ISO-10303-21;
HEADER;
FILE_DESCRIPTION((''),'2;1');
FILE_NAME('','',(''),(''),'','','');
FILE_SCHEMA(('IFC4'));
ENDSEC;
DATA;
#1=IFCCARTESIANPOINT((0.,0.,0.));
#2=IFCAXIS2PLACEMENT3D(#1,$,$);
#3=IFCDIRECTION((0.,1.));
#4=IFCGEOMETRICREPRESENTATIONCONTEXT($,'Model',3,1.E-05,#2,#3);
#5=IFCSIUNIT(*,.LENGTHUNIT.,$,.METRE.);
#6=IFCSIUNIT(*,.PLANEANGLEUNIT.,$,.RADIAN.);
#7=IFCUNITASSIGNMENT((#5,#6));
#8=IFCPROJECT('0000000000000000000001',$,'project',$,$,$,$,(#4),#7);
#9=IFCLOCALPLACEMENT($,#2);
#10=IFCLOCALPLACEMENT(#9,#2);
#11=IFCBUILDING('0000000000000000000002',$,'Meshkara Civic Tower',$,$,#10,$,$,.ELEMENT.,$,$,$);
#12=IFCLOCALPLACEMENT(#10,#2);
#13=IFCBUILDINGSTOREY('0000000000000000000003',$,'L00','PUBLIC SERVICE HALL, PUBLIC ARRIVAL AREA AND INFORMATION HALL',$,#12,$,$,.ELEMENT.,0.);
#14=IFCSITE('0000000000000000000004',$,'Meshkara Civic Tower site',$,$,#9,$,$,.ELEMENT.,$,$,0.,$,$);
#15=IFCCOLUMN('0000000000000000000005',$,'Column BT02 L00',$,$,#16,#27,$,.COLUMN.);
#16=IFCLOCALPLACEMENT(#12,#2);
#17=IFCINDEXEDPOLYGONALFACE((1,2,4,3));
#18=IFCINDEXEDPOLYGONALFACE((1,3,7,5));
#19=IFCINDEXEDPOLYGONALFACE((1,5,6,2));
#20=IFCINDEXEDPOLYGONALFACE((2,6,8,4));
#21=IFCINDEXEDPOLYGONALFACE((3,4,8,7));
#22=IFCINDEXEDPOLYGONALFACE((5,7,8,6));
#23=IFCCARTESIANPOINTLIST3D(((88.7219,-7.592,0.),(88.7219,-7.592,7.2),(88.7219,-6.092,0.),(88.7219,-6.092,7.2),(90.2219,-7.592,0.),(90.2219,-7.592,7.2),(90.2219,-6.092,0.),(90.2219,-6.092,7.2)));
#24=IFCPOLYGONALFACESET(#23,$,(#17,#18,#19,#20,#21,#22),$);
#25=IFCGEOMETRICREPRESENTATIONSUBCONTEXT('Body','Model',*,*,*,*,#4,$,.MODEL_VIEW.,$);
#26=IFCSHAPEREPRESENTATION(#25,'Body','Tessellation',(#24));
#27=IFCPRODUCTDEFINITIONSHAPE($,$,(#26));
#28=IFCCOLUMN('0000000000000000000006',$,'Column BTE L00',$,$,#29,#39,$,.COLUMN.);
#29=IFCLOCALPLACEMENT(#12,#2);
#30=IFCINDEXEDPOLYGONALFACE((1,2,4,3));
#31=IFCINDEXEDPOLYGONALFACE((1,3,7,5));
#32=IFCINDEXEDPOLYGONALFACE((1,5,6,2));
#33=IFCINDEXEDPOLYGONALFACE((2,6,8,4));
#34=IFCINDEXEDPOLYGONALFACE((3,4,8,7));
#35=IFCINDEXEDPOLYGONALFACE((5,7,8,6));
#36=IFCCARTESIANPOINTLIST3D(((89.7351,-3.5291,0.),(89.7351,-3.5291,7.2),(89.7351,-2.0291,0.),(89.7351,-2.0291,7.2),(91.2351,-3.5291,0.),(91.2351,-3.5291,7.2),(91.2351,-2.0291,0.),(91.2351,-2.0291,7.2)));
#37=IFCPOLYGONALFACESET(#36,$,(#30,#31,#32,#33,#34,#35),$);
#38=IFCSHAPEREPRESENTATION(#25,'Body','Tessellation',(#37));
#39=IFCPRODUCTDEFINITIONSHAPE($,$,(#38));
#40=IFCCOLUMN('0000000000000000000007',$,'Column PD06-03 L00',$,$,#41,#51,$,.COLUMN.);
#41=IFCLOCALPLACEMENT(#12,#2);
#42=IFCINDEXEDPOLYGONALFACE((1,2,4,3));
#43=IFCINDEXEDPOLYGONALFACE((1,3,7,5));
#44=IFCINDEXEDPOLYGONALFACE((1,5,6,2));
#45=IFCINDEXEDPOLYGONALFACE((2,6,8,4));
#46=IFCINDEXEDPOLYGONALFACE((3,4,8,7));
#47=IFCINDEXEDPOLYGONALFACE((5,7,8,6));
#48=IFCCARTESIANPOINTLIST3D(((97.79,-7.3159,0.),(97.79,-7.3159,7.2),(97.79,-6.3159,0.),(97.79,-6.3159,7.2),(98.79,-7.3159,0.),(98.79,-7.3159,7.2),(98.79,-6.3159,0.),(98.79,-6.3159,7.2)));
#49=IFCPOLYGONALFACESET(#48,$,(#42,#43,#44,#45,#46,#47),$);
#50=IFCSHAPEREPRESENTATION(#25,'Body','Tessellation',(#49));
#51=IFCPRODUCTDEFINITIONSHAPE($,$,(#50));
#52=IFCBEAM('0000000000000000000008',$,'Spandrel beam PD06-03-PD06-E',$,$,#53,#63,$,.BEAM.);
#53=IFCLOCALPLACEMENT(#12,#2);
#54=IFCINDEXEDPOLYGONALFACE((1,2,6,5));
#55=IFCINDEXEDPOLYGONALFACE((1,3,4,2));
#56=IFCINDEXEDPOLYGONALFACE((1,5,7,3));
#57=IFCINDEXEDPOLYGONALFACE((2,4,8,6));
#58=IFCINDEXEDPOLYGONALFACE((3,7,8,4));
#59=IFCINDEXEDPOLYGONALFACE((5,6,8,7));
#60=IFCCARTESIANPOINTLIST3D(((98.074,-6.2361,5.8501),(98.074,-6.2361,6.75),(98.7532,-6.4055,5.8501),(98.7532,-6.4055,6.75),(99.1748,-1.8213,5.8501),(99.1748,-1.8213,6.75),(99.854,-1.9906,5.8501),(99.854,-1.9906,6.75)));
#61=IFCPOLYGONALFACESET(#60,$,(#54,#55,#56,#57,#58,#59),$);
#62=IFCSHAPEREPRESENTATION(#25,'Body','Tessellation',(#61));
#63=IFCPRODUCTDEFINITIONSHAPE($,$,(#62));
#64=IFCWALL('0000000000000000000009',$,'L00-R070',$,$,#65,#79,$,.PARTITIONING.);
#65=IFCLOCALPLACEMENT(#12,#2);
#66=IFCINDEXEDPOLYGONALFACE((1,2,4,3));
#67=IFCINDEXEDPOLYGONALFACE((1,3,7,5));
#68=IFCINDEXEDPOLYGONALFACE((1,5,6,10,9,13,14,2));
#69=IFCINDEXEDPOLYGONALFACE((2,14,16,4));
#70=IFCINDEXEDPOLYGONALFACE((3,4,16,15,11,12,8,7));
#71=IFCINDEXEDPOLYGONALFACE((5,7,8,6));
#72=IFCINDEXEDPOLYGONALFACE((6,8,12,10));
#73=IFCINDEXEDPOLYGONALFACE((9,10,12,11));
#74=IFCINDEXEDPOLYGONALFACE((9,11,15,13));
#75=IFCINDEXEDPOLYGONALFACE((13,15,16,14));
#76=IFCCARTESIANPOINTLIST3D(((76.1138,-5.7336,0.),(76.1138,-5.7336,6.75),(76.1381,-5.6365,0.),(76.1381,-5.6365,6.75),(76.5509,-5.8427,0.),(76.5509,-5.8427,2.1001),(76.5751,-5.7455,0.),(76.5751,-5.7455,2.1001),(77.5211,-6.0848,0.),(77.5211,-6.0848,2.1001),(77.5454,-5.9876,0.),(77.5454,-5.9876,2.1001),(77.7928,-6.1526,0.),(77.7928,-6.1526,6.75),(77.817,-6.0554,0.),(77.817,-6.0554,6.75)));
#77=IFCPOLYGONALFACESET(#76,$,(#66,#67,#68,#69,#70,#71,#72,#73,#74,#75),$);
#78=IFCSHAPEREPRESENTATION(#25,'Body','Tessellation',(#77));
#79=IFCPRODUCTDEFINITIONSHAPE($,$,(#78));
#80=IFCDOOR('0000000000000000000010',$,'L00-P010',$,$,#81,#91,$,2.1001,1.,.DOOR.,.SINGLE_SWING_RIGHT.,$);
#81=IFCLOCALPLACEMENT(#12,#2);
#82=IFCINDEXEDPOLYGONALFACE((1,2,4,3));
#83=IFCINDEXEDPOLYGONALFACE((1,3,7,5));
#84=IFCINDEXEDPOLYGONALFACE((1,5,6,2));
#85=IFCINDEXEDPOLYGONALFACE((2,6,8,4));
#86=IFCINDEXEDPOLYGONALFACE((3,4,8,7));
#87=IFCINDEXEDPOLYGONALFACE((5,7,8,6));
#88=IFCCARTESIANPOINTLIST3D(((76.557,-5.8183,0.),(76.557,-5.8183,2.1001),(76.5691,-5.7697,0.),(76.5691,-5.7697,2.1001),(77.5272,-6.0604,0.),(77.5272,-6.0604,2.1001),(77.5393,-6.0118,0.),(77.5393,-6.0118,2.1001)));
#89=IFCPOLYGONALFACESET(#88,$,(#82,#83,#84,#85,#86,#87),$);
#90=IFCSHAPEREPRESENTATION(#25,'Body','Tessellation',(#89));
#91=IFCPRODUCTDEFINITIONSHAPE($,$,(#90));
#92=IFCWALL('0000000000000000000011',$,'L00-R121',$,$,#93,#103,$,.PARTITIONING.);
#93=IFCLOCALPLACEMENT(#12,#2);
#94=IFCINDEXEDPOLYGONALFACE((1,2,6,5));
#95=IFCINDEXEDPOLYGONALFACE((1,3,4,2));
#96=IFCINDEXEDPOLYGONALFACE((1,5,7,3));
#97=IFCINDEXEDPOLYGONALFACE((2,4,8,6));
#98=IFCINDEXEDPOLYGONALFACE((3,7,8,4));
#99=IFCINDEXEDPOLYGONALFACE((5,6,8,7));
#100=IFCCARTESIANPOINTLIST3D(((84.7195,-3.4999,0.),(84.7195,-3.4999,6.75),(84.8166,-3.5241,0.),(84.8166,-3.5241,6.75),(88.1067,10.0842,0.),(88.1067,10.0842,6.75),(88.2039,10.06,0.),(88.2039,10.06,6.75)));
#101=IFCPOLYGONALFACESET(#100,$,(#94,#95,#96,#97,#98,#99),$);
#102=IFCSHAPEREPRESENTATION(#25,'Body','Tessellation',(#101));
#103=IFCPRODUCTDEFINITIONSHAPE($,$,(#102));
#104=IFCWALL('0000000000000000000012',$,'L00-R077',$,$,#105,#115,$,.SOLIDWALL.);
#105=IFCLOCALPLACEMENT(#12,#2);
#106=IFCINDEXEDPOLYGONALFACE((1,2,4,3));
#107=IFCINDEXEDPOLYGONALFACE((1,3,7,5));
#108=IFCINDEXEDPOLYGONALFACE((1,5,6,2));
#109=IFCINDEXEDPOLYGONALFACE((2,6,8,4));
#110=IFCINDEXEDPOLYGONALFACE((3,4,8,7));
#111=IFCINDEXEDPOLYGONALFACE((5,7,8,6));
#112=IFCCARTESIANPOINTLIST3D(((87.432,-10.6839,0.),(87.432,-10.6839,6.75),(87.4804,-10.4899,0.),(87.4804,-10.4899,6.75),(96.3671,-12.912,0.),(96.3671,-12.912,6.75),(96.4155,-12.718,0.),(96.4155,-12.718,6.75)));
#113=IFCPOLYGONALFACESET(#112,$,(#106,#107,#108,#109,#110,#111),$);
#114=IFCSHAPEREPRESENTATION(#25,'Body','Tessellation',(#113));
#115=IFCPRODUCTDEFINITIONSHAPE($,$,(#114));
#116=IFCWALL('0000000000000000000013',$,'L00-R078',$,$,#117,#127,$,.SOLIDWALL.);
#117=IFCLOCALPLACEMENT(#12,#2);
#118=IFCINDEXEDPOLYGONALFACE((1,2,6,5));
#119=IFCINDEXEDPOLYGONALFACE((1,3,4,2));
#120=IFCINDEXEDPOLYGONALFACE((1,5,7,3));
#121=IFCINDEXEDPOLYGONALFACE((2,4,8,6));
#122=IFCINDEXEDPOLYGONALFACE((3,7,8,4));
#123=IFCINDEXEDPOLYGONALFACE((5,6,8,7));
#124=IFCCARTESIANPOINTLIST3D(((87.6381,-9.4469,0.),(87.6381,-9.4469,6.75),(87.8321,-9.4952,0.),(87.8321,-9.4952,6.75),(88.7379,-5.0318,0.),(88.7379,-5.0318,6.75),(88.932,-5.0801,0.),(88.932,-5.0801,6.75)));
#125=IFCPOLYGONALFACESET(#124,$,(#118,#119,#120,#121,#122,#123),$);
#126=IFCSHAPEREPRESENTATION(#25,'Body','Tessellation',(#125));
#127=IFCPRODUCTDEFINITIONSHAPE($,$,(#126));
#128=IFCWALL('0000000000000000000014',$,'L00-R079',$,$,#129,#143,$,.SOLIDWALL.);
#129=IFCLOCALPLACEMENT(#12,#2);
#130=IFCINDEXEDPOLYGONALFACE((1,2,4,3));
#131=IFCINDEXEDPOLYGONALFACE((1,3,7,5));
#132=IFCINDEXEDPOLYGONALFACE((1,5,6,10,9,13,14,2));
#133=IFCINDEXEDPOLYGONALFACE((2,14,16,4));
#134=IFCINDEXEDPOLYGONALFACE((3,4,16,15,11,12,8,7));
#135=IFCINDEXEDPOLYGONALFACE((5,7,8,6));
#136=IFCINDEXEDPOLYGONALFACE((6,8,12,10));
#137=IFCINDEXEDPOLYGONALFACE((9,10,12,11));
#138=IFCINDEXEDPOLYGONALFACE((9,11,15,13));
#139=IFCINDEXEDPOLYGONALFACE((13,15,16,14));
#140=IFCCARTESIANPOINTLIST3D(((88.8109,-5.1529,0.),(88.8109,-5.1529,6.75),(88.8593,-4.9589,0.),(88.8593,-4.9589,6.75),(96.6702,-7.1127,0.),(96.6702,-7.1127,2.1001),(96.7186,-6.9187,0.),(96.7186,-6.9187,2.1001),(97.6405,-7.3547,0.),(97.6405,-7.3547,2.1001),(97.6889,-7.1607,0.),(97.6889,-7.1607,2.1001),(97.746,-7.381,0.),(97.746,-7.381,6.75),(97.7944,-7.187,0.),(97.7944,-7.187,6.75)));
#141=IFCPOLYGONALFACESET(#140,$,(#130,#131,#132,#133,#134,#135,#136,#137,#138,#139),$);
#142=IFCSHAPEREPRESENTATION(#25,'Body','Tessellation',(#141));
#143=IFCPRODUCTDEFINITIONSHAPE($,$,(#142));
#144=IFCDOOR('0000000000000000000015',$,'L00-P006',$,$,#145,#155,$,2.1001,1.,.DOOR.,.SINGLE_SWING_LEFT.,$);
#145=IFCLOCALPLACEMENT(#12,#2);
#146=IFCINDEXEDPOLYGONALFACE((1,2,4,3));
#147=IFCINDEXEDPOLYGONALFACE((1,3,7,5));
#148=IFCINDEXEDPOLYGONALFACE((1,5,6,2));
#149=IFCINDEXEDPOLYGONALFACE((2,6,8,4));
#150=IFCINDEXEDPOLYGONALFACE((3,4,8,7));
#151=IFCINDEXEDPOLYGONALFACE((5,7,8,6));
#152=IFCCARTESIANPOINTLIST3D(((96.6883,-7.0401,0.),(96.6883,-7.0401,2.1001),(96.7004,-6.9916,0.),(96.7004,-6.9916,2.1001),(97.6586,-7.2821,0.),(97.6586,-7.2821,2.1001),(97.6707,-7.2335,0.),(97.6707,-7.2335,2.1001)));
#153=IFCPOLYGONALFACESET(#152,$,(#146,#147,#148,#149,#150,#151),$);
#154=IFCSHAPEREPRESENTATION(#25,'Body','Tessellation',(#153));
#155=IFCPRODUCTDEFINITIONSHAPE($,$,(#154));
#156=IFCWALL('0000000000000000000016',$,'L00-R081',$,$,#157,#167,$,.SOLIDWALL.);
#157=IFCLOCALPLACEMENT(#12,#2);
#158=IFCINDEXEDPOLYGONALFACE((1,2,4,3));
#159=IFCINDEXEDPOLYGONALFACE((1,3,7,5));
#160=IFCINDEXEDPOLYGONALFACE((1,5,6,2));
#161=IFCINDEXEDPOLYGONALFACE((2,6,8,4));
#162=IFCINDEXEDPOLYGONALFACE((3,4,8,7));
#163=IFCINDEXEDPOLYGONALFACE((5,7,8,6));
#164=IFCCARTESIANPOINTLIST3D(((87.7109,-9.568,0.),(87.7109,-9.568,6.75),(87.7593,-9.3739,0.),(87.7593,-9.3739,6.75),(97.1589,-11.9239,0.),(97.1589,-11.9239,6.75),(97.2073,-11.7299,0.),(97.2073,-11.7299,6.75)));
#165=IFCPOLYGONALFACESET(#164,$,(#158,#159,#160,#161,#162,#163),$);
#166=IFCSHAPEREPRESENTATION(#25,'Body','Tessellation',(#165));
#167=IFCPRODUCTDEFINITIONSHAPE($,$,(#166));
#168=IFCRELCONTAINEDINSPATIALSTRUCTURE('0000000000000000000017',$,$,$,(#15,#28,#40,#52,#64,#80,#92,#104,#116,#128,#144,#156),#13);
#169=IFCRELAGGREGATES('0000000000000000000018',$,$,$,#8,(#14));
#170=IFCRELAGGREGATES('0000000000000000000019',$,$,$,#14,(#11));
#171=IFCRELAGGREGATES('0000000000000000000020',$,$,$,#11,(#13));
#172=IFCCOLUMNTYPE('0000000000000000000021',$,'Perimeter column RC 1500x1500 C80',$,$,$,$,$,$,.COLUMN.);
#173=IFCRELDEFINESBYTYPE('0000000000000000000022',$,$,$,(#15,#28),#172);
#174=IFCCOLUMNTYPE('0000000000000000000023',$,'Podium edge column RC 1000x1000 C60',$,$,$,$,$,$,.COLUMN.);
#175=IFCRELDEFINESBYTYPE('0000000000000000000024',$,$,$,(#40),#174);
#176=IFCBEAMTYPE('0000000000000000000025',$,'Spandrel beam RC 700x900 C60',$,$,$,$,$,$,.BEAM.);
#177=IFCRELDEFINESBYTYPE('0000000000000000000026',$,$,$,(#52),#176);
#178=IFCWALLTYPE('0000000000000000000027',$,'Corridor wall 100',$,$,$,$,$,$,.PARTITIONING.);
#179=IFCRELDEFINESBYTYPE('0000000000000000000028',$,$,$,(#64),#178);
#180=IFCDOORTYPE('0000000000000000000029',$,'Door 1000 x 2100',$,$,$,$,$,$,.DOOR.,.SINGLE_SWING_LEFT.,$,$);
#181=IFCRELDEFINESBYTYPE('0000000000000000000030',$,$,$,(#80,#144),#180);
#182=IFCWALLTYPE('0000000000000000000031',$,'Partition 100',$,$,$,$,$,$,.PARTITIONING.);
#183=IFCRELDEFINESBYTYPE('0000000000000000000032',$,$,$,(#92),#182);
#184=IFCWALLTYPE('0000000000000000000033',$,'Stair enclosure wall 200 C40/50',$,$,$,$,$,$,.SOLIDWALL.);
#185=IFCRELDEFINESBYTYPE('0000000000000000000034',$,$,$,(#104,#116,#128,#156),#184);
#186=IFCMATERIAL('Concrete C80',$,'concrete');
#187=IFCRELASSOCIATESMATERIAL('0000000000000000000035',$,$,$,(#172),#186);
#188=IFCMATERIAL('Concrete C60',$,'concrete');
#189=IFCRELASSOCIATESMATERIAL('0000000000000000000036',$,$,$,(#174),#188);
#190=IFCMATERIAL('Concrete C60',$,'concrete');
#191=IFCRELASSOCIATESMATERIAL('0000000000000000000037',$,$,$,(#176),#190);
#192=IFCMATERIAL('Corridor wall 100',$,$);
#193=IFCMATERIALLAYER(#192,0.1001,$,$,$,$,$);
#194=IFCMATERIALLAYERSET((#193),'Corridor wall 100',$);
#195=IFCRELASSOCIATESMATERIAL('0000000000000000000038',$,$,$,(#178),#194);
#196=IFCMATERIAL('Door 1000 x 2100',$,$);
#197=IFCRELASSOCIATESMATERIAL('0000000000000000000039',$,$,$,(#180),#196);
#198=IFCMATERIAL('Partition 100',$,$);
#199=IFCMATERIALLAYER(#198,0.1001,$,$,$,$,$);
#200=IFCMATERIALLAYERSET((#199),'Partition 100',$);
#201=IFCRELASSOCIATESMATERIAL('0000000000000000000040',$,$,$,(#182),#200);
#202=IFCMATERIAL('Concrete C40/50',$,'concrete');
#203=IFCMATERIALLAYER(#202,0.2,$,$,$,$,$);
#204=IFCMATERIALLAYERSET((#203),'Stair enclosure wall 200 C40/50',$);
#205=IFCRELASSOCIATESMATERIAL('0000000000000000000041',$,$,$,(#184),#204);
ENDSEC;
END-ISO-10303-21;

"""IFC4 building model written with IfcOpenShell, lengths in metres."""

from ifc_helpers import new_model, si_unit, direction, frame, frame_2d, origin, origin_2d, place, context, subcontext, project, spatial, rectangle, extrude, material, layer, layer_set, material_profile, profile_set, type_object, element, fill, save


model = new_model("IFC4")

# Units and contexts
model_context = context("Model", 3, precision=1e-05, world=origin(), true_north=direction((0.0, 1.0)))
body_context = subcontext(model_context, "Body", "Model", "MODEL_VIEW")
ifc_project = project(units=[si_unit("LENGTHUNIT", "METRE"), si_unit("PLANEANGLEUNIT", "RADIAN")], contexts=[model_context])

# Site, building, storey
site_placement = place(None, origin())
site = spatial("IfcSite", under=ifc_project, at=site_placement, Name="Meshkara Civic Tower site", CompositionType="ELEMENT", RefElevation=0.0)
building_placement = place(site_placement, origin())
building = spatial("IfcBuilding", under=site, at=building_placement, Name="Meshkara Civic Tower", CompositionType="ELEMENT")
storey_placement = place(building_placement, origin())
storey = spatial("IfcBuildingStorey", under=building, at=storey_placement, Name="L00", Description="PUBLIC SERVICE HALL, PUBLIC ARRIVAL AREA AND INFORMATION HALL", CompositionType="ELEMENT", Elevation=0.0)

# Columns
ifc_material_1 = material(Name="Concrete C80", Category="concrete")
ifc_material_profile_1 = material_profile(ifc_material_1, rectangle(XDim=1.5, YDim=1.5, at=origin_2d()))
ifc_profile_set_1 = profile_set([ifc_material_profile_1], Name="Concrete C80")
column_type_1 = type_object("IfcColumnType", Name="Perimeter column RC 1500x1500 C80", PredefinedType="COLUMN", material=ifc_profile_set_1)
for number, where, z_axis, x_axis, name in (
    (1, (89.4719, -6.842, 0.0), (0.0, 0.0, 1.0), (1.0, 0.0, 0.0), "Column BT02 L00"),
    (2, (90.4851, -2.7791, 0.0), (0.0, 0.0, 1.0), (1.0, 0.0, 0.0), "Column BTE L00"),
):
    element("IfcColumn", number, at=place(storey_placement, frame(where, z_axis=z_axis, x_axis=x_axis)), inside=storey, type_object=column_type_1, Name=name, PredefinedType="COLUMN", context=body_context, shape_type="SweptSolid", body=[
        extrude(rectangle(XDim=1.5, YDim=1.5, at=origin_2d()), origin(), (0.0, 0.0, 1.0), 7.2),
    ])
ifc_material_2 = material(Name="Concrete C60", Category="concrete")
ifc_material_profile_2 = material_profile(ifc_material_2, rectangle(XDim=1.0, YDim=1.0, at=origin_2d()))
ifc_profile_set_2 = profile_set([ifc_material_profile_2], Name="Concrete C60")
column_type_2 = type_object("IfcColumnType", Name="Podium edge column RC 1000x1000 C60", PredefinedType="COLUMN", material=ifc_profile_set_2)
column_placement = place(storey_placement, frame((98.29, -6.8159, 0.0), z_axis=(0.0, 0.0, 1.0), x_axis=(1.0, 0.0, 0.0)))
element("IfcColumn", 3, at=column_placement, inside=storey, type_object=column_type_2, Name="Column PD06-03 L00", PredefinedType="COLUMN", context=body_context, shape_type="SweptSolid", body=[
    extrude(rectangle(XDim=1.0, YDim=1.0, at=origin_2d()), origin(), (0.0, 0.0, 1.0), 7.2),
])

# Beam
ifc_material_3 = material(Name="Concrete C60", Category="concrete")
ifc_material_profile_3 = material_profile(ifc_material_3, rectangle(XDim=0.7, YDim=0.8999, at=origin_2d()))
ifc_profile_set_3 = profile_set([ifc_material_profile_3], Name="Concrete C60")
beam_type = type_object("IfcBeamType", Name="Spandrel beam RC 700x900 C60", PredefinedType="BEAM", material=ifc_profile_set_3)
beam_placement = place(storey_placement, frame((98.4136, -6.3208, 6.3), z_axis=(0.241942, 0.970291, 0.0), x_axis=(-0.970291, 0.241942, 0.0)))
element("IfcBeam", 4, at=beam_placement, inside=storey, type_object=beam_type, Name="Spandrel beam PD06-03-PD06-E", PredefinedType="BEAM", context=body_context, shape_type="SweptSolid", body=[
    extrude(rectangle(XDim=0.7, YDim=0.8999, at=origin_2d()), origin(), (0.0, 0.0, 1.0), 4.55),
])

# Wall, opening, door
ifc_material_4 = material(Name="Corridor wall 100")
ifc_layer_1 = layer(ifc_material_4, 0.1001)
ifc_layer_set_1 = layer_set([ifc_layer_1], Name="Corridor wall 100")
wall_type_1 = type_object("IfcWallType", Name="Corridor wall 100", PredefinedType="PARTITIONING", material=ifc_layer_set_1)
wall_1_placement = place(storey_placement, frame((77.8049, -6.104, 0.0), z_axis=(0.0, 0.0, 1.0), x_axis=(-0.97025, 0.242104, 0.0)))
wall_1 = element("IfcWall", 5, at=wall_1_placement, inside=storey, type_object=wall_type_1, Name="L00-R070", PredefinedType="PARTITIONING", context=body_context, shape_type="SweptSolid", body=[
    extrude(rectangle(XDim=1.7305, YDim=0.1001, at=frame_2d((0.8652, 0.0))), origin(), (0.0, 0.0, 1.0), 6.75),
])
opening_1_placement = place(wall_1_placement, frame((0.28, 0.0, 0.0)))
opening_1 = element("IfcOpeningElement", 6, at=opening_1_placement, cuts=wall_1, PredefinedType="OPENING", context=body_context, shape_type="SweptSolid", body=[
    extrude(rectangle(XDim=1.0, YDim=2.1001, at=frame_2d((0.5, 1.05))), frame((0.0, 0.0601, 0.0), z_axis=(0.0, -1.0, 0.0), x_axis=(1.0, 0.0, 0.0)), (0.0, 0.0, 1.0), 0.1201),
])
ifc_material_5 = material(Name="Door 1000 x 2100")
door_type_1 = type_object("IfcDoorType", Name="Door 1000 x 2100", OperationType="SINGLE_SWING_LEFT", PredefinedType="DOOR", material=ifc_material_5)
door_1_placement = place(opening_1_placement, origin())
door_1 = element("IfcDoor", 7, at=door_1_placement, inside=storey, type_object=door_type_1, Name="L00-P010", OperationType="SINGLE_SWING_RIGHT", OverallHeight=2.1001, OverallWidth=1.0, PredefinedType="DOOR", context=body_context, shape_type="SweptSolid", body=[
    extrude(rectangle(XDim=1.0, YDim=2.1001, at=frame_2d((0.5, 1.05))), frame((0.0, 0.0249, 0.0), z_axis=(0.0, -1.0, 0.0), x_axis=(1.0, 0.0, 0.0)), (0.0, 0.0, 1.0), 0.05),
])
fill(opening_1, door_1)

# Walls
ifc_material_6 = material(Name="Partition 100")
ifc_layer_2 = layer(ifc_material_6, 0.1001)
ifc_layer_set_2 = layer_set([ifc_layer_2], Name="Partition 100")
wall_type_2 = type_object("IfcWallType", Name="Partition 100", PredefinedType="PARTITIONING", material=ifc_layer_set_2)
wall_2_placement = place(storey_placement, frame((84.7681, -3.512, 0.0), z_axis=(0.0, 0.0, 1.0), x_axis=(0.241945, 0.97029, 0.0)))
element("IfcWall", 8, at=wall_2_placement, inside=storey, type_object=wall_type_2, Name="L00-R121", PredefinedType="PARTITIONING", context=body_context, shape_type="SweptSolid", body=[
    extrude(rectangle(XDim=14.0, YDim=0.1001, at=frame_2d((7.0, 0.0))), origin(), (0.0, 0.0, 1.0), 6.75),
])
ifc_material_7 = material(Name="Concrete C40/50", Category="concrete")
ifc_layer_3 = layer(ifc_material_7, 0.2)
ifc_layer_set_3 = layer_set([ifc_layer_3], Name="Stair enclosure wall 200 C40/50")
wall_type_3 = type_object("IfcWallType", Name="Stair enclosure wall 200 C40/50", PredefinedType="SOLIDWALL", material=ifc_layer_set_3)
wall_3_placement = place(storey_placement, frame((87.4561, -10.5869, 0.0), z_axis=(0.0, 0.0, 1.0), x_axis=(0.970289, -0.241949, 0.0)))
element("IfcWall", 9, at=wall_3_placement, inside=storey, type_object=wall_type_3, Name="L00-R077", PredefinedType="SOLIDWALL", context=body_context, shape_type="SweptSolid", body=[
    extrude(rectangle(XDim=9.2087, YDim=0.2, at=frame_2d((4.6045, 0.0))), origin(), (0.0, 0.0, 1.0), 6.75),
])
wall_4_placement = place(storey_placement, frame((87.7351, -9.4709, 0.0), z_axis=(0.0, 0.0, 1.0), x_axis=(0.241728, 0.970344, 0.0)))
element("IfcWall", 10, at=wall_4_placement, inside=storey, type_object=wall_type_3, Name="L00-R078", PredefinedType="SOLIDWALL", context=body_context, shape_type="SweptSolid", body=[
    extrude(rectangle(XDim=4.55, YDim=0.2, at=frame_2d((2.2749, 0.0))), origin(), (0.0, 0.0, 1.0), 6.75),
])

# Wall, opening, door
wall_5_placement = place(storey_placement, frame((88.835, -5.0559, 0.0), z_axis=(0.0, 0.0, 1.0), x_axis=(0.970289, -0.241949, 0.0)))
wall_5 = element("IfcWall", 11, at=wall_5_placement, inside=storey, type_object=wall_type_3, Name="L00-R079", PredefinedType="SOLIDWALL", context=body_context, shape_type="SweptSolid", body=[
    extrude(rectangle(XDim=9.2087, YDim=0.2, at=frame_2d((4.6045, 0.0))), origin(), (0.0, 0.0, 1.0), 6.75),
])
opening_2_placement = place(wall_5_placement, frame((8.1001, 0.0, 0.0)))
opening_2 = element("IfcOpeningElement", 12, at=opening_2_placement, cuts=wall_5, PredefinedType="OPENING", context=body_context, shape_type="SweptSolid", body=[
    extrude(rectangle(XDim=1.0, YDim=2.1001, at=frame_2d((0.5, 1.05))), frame((0.0, 0.1099, 0.0), z_axis=(0.0, -1.0, 0.0), x_axis=(1.0, 0.0, 0.0)), (0.0, 0.0, 1.0), 0.22),
])
door_2_placement = place(opening_2_placement, origin())
door_2 = element("IfcDoor", 13, at=door_2_placement, inside=storey, type_object=door_type_1, Name="L00-P006", OperationType="SINGLE_SWING_LEFT", OverallHeight=2.1001, OverallWidth=1.0, PredefinedType="DOOR", context=body_context, shape_type="SweptSolid", body=[
    extrude(rectangle(XDim=1.0, YDim=2.1001, at=frame_2d((0.5, 1.05))), frame((0.0, 0.0249, 0.0), z_axis=(0.0, -1.0, 0.0), x_axis=(1.0, 0.0, 0.0)), (0.0, 0.0, 1.0), 0.05),
])
fill(opening_2, door_2)

# Wall
wall_6_placement = place(storey_placement, frame((97.1831, -11.8269, 0.0), z_axis=(0.0, 0.0, 1.0), x_axis=(-0.970288, 0.241952, 0.0)))
element("IfcWall", 14, at=wall_6_placement, inside=storey, type_object=wall_type_3, Name="L00-R081", PredefinedType="SOLIDWALL", context=body_context, shape_type="SweptSolid", body=[
    extrude(rectangle(XDim=9.7373, YDim=0.2, at=frame_2d((4.8687, 0.0))), origin(), (0.0, 0.0, 1.0), 6.75),
])

save(model, "model.ifc")
